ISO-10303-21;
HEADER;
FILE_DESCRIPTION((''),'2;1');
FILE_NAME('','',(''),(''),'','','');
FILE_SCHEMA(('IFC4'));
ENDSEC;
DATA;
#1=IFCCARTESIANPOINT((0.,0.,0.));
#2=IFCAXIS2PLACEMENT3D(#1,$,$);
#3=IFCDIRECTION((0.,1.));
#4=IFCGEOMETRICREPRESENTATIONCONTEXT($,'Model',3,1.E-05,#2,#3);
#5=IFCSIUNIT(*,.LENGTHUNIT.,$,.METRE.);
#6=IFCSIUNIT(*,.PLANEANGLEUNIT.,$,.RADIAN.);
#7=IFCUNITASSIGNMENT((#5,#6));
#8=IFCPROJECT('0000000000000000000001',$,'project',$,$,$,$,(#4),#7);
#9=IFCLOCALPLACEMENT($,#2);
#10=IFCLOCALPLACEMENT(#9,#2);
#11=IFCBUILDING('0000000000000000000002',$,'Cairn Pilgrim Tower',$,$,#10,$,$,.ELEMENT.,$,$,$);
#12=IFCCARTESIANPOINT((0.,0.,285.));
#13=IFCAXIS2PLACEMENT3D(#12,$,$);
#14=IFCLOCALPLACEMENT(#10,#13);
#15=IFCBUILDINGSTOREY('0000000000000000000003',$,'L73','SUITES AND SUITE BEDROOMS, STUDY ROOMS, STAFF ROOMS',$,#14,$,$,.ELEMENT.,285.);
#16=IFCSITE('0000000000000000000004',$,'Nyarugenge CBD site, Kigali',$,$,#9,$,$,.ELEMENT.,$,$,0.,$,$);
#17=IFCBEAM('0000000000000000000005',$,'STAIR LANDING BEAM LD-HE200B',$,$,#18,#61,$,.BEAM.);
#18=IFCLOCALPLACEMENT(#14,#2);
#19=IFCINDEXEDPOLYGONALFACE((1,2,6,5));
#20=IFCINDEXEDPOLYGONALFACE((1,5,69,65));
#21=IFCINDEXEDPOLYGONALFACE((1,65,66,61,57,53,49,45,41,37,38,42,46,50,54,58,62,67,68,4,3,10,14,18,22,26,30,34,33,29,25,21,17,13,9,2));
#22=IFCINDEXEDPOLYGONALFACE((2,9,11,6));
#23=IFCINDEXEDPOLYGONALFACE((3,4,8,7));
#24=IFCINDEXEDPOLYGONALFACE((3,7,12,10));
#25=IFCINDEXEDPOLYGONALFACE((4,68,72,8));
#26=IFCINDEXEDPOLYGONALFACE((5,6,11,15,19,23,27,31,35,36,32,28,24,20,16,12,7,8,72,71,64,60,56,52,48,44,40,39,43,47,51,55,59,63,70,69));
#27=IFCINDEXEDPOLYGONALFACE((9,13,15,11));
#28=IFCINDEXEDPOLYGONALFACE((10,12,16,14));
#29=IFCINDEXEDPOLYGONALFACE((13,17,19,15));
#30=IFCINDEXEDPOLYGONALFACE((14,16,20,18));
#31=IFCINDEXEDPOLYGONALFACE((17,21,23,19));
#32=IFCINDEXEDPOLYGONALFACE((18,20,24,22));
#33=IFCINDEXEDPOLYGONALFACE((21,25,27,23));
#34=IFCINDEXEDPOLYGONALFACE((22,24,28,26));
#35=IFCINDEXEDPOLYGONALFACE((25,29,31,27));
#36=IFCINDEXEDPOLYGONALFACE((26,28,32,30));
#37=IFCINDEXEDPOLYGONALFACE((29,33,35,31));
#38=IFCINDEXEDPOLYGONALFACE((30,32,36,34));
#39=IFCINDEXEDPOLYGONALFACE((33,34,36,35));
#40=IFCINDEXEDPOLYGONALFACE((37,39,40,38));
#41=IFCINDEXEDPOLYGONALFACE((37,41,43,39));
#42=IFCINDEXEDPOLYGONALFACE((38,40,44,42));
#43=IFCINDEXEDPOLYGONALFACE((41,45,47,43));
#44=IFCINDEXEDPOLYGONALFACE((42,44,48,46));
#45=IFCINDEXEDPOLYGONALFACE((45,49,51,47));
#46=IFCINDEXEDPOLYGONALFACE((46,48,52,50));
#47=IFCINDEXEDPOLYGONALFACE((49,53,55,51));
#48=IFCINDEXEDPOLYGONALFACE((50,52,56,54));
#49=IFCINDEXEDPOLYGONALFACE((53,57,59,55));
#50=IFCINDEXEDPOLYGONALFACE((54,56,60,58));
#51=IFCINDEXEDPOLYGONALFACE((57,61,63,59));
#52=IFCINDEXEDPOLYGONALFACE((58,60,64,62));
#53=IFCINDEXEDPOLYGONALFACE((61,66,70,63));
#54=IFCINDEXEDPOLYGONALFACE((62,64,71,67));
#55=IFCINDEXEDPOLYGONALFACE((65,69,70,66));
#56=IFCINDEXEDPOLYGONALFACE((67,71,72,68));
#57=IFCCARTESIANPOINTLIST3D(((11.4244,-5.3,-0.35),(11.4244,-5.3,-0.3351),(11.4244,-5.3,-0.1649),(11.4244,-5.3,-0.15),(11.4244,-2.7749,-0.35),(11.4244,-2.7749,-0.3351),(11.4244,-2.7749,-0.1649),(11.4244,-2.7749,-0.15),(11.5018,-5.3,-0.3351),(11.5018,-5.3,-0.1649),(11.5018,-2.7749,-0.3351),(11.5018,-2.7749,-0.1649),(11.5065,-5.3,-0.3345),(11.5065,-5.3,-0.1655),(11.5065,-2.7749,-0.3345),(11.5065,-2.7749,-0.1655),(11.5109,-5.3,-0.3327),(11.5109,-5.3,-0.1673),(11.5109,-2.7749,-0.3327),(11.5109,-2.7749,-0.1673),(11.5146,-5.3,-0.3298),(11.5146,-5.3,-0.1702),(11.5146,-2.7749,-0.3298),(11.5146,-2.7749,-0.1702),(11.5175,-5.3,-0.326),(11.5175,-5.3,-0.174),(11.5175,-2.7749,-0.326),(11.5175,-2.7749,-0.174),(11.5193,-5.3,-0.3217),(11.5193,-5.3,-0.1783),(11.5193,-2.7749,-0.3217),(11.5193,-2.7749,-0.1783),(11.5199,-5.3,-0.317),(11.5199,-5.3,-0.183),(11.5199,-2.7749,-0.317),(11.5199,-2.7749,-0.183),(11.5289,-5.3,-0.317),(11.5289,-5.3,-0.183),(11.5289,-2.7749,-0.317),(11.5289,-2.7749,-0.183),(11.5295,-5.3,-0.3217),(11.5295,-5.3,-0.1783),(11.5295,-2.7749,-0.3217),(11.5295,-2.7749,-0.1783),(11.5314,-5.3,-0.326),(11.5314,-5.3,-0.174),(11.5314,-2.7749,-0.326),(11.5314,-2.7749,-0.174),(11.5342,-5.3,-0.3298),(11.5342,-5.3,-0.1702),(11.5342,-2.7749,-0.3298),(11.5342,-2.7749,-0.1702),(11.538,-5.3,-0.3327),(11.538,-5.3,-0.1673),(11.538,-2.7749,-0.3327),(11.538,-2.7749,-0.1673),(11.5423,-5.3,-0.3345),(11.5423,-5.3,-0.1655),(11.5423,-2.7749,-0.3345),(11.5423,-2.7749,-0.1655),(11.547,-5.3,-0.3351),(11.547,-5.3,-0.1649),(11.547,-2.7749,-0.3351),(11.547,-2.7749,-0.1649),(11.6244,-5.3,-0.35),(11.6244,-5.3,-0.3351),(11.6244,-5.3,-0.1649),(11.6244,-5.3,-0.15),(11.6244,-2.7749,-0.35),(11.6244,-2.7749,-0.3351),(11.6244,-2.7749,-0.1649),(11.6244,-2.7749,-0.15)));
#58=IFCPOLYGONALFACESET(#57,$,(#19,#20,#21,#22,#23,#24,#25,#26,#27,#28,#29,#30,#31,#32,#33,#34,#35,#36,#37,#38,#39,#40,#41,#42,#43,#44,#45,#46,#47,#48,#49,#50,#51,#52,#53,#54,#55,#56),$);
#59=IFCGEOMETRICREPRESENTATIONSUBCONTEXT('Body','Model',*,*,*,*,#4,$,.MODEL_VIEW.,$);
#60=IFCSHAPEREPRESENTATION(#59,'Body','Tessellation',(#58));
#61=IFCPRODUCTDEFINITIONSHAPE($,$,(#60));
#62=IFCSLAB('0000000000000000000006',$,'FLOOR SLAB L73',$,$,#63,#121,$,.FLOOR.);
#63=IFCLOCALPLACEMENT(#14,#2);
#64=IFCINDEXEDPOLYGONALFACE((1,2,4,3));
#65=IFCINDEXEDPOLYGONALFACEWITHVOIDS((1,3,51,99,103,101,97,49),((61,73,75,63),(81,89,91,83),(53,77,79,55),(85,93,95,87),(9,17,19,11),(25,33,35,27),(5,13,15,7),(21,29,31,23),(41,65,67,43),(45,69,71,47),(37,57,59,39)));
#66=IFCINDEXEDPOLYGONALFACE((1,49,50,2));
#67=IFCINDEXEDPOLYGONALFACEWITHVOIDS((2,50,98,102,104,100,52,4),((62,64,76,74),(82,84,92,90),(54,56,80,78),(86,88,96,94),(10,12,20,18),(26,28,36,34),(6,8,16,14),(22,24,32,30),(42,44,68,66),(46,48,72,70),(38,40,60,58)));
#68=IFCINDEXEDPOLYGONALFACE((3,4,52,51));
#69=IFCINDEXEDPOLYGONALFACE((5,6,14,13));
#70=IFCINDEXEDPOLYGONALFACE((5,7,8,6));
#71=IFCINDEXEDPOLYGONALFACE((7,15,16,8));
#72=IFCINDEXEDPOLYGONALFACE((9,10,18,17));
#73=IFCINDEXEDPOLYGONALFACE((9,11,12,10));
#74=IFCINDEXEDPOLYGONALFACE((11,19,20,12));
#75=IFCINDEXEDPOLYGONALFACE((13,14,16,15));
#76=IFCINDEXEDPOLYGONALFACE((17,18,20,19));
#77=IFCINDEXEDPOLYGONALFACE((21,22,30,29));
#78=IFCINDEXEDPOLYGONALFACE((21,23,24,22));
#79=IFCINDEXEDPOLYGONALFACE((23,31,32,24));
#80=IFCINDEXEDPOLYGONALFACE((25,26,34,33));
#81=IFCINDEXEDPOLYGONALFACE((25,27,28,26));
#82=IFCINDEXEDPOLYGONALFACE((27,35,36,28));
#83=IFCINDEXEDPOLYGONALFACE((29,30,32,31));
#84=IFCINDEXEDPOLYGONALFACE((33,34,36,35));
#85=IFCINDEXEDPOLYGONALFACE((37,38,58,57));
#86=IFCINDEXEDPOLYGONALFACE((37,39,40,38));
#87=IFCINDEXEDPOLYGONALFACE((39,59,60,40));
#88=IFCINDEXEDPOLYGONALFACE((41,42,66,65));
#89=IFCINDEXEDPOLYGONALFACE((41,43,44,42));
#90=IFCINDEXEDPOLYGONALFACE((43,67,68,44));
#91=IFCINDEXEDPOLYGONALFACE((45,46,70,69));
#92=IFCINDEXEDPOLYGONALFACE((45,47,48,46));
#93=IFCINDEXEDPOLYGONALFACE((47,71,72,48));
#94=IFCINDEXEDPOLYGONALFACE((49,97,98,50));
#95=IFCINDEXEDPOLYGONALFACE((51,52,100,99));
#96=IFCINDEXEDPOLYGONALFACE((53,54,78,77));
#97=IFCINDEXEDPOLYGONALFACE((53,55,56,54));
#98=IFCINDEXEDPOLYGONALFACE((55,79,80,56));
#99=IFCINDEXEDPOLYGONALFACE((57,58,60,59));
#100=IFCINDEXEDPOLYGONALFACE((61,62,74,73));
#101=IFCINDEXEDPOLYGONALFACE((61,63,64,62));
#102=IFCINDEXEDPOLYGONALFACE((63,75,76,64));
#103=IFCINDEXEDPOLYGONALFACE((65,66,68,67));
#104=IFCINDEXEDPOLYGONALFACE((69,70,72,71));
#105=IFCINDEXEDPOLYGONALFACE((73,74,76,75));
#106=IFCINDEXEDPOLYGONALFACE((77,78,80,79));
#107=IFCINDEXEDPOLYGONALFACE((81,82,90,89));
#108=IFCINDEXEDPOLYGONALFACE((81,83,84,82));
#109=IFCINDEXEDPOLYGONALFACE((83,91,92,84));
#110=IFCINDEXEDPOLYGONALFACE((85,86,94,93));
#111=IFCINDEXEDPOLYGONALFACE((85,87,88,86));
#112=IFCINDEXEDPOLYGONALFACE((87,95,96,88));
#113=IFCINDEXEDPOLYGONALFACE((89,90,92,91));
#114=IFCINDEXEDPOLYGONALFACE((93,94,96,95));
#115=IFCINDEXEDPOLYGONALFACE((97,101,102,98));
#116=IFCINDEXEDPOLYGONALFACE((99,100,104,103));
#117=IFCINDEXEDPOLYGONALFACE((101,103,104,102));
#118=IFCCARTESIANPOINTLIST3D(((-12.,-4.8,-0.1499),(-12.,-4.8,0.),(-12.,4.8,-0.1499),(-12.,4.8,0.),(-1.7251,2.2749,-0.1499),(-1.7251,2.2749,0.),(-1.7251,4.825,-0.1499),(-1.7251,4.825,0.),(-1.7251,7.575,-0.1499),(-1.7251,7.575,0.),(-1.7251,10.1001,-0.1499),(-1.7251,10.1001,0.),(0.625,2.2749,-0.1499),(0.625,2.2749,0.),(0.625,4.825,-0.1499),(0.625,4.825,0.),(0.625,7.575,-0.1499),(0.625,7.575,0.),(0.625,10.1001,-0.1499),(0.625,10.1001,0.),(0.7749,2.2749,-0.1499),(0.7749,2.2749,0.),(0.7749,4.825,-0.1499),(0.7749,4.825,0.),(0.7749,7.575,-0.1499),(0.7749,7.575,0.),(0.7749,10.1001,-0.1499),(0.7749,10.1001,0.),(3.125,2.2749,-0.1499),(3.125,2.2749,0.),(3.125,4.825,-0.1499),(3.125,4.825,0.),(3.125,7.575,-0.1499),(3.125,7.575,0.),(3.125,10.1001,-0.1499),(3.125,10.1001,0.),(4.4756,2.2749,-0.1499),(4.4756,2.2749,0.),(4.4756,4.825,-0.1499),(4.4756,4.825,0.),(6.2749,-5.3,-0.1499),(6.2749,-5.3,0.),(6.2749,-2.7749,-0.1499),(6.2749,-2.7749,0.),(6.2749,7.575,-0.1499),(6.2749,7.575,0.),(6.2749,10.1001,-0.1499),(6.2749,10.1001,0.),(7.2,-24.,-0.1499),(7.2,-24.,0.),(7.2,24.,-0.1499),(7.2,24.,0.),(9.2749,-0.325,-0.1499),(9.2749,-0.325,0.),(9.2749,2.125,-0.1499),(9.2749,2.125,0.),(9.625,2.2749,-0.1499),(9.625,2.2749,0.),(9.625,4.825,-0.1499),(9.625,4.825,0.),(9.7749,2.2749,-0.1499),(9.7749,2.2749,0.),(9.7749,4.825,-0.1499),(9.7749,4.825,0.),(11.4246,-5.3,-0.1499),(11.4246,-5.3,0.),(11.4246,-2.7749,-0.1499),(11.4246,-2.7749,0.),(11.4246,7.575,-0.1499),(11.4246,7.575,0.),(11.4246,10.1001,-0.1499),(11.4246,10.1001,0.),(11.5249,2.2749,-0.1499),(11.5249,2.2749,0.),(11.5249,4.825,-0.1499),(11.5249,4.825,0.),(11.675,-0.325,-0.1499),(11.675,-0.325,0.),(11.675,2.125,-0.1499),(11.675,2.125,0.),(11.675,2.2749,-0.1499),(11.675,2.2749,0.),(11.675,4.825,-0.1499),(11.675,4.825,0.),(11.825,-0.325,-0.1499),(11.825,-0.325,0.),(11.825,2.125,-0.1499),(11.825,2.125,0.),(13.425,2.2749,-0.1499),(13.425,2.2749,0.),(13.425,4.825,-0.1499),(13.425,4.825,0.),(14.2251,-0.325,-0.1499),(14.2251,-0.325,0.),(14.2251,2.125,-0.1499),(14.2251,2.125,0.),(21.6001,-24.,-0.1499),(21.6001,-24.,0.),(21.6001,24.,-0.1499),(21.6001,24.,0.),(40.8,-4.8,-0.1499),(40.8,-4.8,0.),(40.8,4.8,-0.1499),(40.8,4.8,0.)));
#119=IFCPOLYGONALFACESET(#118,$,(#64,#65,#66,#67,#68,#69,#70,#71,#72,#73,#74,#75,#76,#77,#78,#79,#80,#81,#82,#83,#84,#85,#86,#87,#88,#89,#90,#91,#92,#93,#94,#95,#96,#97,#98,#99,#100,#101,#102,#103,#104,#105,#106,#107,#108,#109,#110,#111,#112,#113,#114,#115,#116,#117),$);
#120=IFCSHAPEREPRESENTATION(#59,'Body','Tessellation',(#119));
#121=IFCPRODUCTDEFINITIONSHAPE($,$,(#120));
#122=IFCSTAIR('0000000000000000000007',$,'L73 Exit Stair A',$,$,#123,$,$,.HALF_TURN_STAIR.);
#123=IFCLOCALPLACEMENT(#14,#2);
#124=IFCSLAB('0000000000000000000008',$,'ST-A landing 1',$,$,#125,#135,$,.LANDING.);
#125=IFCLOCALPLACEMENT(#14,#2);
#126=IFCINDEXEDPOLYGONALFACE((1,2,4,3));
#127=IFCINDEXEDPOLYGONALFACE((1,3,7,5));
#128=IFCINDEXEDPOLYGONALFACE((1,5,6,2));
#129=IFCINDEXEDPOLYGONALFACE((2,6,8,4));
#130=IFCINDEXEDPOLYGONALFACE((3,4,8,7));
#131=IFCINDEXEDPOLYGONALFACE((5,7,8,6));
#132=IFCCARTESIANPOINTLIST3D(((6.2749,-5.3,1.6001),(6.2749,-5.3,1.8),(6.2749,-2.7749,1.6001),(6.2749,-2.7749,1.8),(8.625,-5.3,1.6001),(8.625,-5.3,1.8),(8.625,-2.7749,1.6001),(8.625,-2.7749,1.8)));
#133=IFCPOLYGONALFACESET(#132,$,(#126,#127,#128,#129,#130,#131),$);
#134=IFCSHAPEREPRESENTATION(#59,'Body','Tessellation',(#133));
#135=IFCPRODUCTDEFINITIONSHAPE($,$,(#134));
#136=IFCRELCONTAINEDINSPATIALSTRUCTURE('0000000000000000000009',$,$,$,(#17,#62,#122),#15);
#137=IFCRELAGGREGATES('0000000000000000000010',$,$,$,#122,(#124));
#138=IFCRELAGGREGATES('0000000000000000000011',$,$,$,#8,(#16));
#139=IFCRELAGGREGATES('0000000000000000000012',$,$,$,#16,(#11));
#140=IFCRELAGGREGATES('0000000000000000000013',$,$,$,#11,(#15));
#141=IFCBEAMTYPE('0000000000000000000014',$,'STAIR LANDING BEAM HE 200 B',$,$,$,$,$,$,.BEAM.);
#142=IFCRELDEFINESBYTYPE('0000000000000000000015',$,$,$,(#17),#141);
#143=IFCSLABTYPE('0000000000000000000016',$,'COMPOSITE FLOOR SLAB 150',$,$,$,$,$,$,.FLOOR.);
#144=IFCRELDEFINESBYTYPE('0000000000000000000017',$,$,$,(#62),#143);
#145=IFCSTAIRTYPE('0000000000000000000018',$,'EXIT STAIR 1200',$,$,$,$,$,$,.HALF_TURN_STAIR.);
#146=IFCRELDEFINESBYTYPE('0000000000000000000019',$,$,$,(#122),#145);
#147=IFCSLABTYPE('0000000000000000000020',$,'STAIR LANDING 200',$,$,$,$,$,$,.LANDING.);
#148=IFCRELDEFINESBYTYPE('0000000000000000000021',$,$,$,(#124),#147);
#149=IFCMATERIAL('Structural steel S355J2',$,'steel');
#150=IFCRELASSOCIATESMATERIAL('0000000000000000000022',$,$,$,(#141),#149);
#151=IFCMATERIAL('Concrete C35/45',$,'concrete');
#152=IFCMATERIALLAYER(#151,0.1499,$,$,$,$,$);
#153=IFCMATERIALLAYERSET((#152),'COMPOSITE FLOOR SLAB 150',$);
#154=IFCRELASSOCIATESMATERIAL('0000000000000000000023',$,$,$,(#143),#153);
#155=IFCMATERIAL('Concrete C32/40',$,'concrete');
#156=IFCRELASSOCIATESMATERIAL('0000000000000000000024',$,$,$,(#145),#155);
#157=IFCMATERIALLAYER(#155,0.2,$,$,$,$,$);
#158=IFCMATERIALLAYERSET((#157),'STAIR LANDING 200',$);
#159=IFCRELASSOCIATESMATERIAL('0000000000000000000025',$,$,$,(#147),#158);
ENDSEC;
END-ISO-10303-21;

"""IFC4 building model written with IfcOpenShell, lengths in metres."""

from ifc_helpers import new_model, si_unit, direction, frame, origin, origin_2d, place, context, subcontext, project, spatial, polyline, i_section, outline, extrude, material, layer, layer_set, material_profile, profile_set, type_object, element, aggregate, save


model = new_model("IFC4")

# Units and contexts
model_context = context("Model", 3, precision=1e-05, world=origin(), true_north=direction((0.0, 1.0)))
body_context = subcontext(model_context, "Body", "Model", "MODEL_VIEW")
ifc_project = project(units=[si_unit("LENGTHUNIT", "METRE"), si_unit("PLANEANGLEUNIT", "RADIAN")], contexts=[model_context])

# Site, building, storey
site_placement = place(None, origin())
site = spatial("IfcSite", under=ifc_project, at=site_placement, Name="Nyarugenge CBD site, Kigali", CompositionType="ELEMENT", RefElevation=0.0)
building_placement = place(site_placement, origin())
building = spatial("IfcBuilding", under=site, at=building_placement, Name="Cairn Pilgrim Tower", CompositionType="ELEMENT")
storey_placement = place(building_placement, frame((0.0, 0.0, 285.0)))
storey = spatial("IfcBuildingStorey", under=building, at=storey_placement, Name="L73", Description="SUITES AND SUITE BEDROOMS, STUDY ROOMS, STAFF ROOMS", CompositionType="ELEMENT", Elevation=285.0)

# Shared definitions
ifc_material_1 = material(Name="Structural steel S355J2", Category="steel")

# Beam
ifc_material_profile_1 = material_profile(ifc_material_1, i_section(OverallWidth=0.2, OverallDepth=0.2, WebThickness=0.009, FlangeThickness=0.0149, FilletRadius=0.0181, at=origin_2d()), Name="HE 200 B")
ifc_profile_set_1 = profile_set([ifc_material_profile_1], Name="Structural steel S355J2")
beam_type_1 = type_object("IfcBeamType", Name="STAIR LANDING BEAM HE 200 B", PredefinedType="BEAM", material=ifc_profile_set_1)
beam_1_placement = place(storey_placement, frame((11.5244, -2.7749, -0.25), z_axis=(0.0, -1.0, 0.0), x_axis=(1.0, 0.0, 0.0)))
element("IfcBeam", 1, at=beam_1_placement, inside=storey, type_object=beam_type_1, Name="STAIR LANDING BEAM LD-HE200B", PredefinedType="BEAM", context=body_context, shape_type="SweptSolid", body=[
    extrude(i_section(OverallWidth=0.2, OverallDepth=0.2, WebThickness=0.009, FlangeThickness=0.0149, FilletRadius=0.0181, at=origin_2d()), origin(), (0.0, 0.0, 1.0), 2.5251),
])

# Slab
ifc_material_2 = material(Name="Concrete C35/45", Category="concrete")
ifc_layer_1 = layer(ifc_material_2, 0.1499)
ifc_layer_set_1 = layer_set([ifc_layer_1], Name="COMPOSITE FLOOR SLAB 150")
slab_type_1 = type_object("IfcSlabType", Name="COMPOSITE FLOOR SLAB 150", PredefinedType="FLOOR", material=ifc_layer_set_1)
slab_1_placement = place(storey_placement, frame((0.0, 0.0, -0.1499)))
element("IfcSlab", 2, at=slab_1_placement, inside=storey, type_object=slab_type_1, Name="FLOOR SLAB L73", PredefinedType="FLOOR", context=body_context, shape_type="SweptSolid", body=[
    extrude(outline(polyline([(7.2, -24.0), (21.6001, -24.0), (40.8, -4.8), (40.8, 4.8), (21.6001, 24.0), (7.2, 24.0), (-12.0, 4.8), (-12.0, -4.8), (7.2, -24.0)]), holes=[polyline([(9.2749, -0.325), (11.675, -0.325), (11.675, 2.125), (9.2749, 2.125), (9.2749, -0.325)]), polyline([(11.825, -0.325), (14.2251, -0.325), (14.2251, 2.125), (11.825, 2.125), (11.825, -0.325)]), polyline([(-1.7251, 2.2749), (0.625, 2.2749), (0.625, 4.825), (-1.7251, 4.825), (-1.7251, 2.2749)]), polyline([(0.7749, 2.2749), (3.125, 2.2749), (3.125, 4.825), (0.7749, 4.825), (0.7749, 2.2749)]), polyline([(-1.7251, 7.575), (0.625, 7.575), (0.625, 10.1001), (-1.7251, 10.1001), (-1.7251, 7.575)]), polyline([(0.7749, 7.575), (3.125, 7.575), (3.125, 10.1001), (0.7749, 10.1001), (0.7749, 7.575)]), polyline([(9.7749, 2.2749), (11.5249, 2.2749), (11.5249, 4.825), (9.7749, 4.825), (9.7749, 2.2749)]), polyline([(11.675, 2.2749), (13.425, 2.2749), (13.425, 4.825), (11.675, 4.825), (11.675, 2.2749)]), polyline([(11.4246, -2.7749), (6.2749, -2.7749), (6.2749, -5.3), (11.4246, -5.3), (11.4246, -2.7749)]), polyline([(4.4756, 2.2749), (9.625, 2.2749), (9.625, 4.825), (4.4756, 4.825), (4.4756, 2.2749)]), polyline([(11.4246, 10.1001), (6.2749, 10.1001), (6.2749, 7.575), (11.4246, 7.575), (11.4246, 10.1001)])]), origin(), (0.0, 0.0, 1.0), 0.1499),
])

# Stair, slab
ifc_material_3 = material(Name="Concrete C32/40", Category="concrete")
stair_type = type_object("IfcStairType", Name="EXIT STAIR 1200", PredefinedType="HALF_TURN_STAIR", material=ifc_material_3)
stair_placement = place(storey_placement, origin())
stair = element("IfcStair", 3, at=stair_placement, inside=storey, type_object=stair_type, Name="L73 Exit Stair A", PredefinedType="HALF_TURN_STAIR")
ifc_layer_2 = layer(ifc_material_3, 0.2)
ifc_layer_set_2 = layer_set([ifc_layer_2], Name="STAIR LANDING 200")
slab_type_2 = type_object("IfcSlabType", Name="STAIR LANDING 200", PredefinedType="LANDING", material=ifc_layer_set_2)
slab_2_placement = place(storey_placement, frame((0.0, 0.0, 1.6001)))
slab_2 = element("IfcSlab", 4, at=slab_2_placement, type_object=slab_type_2, Name="ST-A landing 1", PredefinedType="LANDING", context=body_context, shape_type="SweptSolid", body=[
    extrude(outline(polyline([(8.625, -2.7749), (6.2749, -2.7749), (6.2749, -5.3), (8.625, -5.3), (8.625, -2.7749)])), origin(), (0.0, 0.0, 1.0), 0.2),
])

aggregate(stair, [slab_2])

save(model, "model.ifc")
